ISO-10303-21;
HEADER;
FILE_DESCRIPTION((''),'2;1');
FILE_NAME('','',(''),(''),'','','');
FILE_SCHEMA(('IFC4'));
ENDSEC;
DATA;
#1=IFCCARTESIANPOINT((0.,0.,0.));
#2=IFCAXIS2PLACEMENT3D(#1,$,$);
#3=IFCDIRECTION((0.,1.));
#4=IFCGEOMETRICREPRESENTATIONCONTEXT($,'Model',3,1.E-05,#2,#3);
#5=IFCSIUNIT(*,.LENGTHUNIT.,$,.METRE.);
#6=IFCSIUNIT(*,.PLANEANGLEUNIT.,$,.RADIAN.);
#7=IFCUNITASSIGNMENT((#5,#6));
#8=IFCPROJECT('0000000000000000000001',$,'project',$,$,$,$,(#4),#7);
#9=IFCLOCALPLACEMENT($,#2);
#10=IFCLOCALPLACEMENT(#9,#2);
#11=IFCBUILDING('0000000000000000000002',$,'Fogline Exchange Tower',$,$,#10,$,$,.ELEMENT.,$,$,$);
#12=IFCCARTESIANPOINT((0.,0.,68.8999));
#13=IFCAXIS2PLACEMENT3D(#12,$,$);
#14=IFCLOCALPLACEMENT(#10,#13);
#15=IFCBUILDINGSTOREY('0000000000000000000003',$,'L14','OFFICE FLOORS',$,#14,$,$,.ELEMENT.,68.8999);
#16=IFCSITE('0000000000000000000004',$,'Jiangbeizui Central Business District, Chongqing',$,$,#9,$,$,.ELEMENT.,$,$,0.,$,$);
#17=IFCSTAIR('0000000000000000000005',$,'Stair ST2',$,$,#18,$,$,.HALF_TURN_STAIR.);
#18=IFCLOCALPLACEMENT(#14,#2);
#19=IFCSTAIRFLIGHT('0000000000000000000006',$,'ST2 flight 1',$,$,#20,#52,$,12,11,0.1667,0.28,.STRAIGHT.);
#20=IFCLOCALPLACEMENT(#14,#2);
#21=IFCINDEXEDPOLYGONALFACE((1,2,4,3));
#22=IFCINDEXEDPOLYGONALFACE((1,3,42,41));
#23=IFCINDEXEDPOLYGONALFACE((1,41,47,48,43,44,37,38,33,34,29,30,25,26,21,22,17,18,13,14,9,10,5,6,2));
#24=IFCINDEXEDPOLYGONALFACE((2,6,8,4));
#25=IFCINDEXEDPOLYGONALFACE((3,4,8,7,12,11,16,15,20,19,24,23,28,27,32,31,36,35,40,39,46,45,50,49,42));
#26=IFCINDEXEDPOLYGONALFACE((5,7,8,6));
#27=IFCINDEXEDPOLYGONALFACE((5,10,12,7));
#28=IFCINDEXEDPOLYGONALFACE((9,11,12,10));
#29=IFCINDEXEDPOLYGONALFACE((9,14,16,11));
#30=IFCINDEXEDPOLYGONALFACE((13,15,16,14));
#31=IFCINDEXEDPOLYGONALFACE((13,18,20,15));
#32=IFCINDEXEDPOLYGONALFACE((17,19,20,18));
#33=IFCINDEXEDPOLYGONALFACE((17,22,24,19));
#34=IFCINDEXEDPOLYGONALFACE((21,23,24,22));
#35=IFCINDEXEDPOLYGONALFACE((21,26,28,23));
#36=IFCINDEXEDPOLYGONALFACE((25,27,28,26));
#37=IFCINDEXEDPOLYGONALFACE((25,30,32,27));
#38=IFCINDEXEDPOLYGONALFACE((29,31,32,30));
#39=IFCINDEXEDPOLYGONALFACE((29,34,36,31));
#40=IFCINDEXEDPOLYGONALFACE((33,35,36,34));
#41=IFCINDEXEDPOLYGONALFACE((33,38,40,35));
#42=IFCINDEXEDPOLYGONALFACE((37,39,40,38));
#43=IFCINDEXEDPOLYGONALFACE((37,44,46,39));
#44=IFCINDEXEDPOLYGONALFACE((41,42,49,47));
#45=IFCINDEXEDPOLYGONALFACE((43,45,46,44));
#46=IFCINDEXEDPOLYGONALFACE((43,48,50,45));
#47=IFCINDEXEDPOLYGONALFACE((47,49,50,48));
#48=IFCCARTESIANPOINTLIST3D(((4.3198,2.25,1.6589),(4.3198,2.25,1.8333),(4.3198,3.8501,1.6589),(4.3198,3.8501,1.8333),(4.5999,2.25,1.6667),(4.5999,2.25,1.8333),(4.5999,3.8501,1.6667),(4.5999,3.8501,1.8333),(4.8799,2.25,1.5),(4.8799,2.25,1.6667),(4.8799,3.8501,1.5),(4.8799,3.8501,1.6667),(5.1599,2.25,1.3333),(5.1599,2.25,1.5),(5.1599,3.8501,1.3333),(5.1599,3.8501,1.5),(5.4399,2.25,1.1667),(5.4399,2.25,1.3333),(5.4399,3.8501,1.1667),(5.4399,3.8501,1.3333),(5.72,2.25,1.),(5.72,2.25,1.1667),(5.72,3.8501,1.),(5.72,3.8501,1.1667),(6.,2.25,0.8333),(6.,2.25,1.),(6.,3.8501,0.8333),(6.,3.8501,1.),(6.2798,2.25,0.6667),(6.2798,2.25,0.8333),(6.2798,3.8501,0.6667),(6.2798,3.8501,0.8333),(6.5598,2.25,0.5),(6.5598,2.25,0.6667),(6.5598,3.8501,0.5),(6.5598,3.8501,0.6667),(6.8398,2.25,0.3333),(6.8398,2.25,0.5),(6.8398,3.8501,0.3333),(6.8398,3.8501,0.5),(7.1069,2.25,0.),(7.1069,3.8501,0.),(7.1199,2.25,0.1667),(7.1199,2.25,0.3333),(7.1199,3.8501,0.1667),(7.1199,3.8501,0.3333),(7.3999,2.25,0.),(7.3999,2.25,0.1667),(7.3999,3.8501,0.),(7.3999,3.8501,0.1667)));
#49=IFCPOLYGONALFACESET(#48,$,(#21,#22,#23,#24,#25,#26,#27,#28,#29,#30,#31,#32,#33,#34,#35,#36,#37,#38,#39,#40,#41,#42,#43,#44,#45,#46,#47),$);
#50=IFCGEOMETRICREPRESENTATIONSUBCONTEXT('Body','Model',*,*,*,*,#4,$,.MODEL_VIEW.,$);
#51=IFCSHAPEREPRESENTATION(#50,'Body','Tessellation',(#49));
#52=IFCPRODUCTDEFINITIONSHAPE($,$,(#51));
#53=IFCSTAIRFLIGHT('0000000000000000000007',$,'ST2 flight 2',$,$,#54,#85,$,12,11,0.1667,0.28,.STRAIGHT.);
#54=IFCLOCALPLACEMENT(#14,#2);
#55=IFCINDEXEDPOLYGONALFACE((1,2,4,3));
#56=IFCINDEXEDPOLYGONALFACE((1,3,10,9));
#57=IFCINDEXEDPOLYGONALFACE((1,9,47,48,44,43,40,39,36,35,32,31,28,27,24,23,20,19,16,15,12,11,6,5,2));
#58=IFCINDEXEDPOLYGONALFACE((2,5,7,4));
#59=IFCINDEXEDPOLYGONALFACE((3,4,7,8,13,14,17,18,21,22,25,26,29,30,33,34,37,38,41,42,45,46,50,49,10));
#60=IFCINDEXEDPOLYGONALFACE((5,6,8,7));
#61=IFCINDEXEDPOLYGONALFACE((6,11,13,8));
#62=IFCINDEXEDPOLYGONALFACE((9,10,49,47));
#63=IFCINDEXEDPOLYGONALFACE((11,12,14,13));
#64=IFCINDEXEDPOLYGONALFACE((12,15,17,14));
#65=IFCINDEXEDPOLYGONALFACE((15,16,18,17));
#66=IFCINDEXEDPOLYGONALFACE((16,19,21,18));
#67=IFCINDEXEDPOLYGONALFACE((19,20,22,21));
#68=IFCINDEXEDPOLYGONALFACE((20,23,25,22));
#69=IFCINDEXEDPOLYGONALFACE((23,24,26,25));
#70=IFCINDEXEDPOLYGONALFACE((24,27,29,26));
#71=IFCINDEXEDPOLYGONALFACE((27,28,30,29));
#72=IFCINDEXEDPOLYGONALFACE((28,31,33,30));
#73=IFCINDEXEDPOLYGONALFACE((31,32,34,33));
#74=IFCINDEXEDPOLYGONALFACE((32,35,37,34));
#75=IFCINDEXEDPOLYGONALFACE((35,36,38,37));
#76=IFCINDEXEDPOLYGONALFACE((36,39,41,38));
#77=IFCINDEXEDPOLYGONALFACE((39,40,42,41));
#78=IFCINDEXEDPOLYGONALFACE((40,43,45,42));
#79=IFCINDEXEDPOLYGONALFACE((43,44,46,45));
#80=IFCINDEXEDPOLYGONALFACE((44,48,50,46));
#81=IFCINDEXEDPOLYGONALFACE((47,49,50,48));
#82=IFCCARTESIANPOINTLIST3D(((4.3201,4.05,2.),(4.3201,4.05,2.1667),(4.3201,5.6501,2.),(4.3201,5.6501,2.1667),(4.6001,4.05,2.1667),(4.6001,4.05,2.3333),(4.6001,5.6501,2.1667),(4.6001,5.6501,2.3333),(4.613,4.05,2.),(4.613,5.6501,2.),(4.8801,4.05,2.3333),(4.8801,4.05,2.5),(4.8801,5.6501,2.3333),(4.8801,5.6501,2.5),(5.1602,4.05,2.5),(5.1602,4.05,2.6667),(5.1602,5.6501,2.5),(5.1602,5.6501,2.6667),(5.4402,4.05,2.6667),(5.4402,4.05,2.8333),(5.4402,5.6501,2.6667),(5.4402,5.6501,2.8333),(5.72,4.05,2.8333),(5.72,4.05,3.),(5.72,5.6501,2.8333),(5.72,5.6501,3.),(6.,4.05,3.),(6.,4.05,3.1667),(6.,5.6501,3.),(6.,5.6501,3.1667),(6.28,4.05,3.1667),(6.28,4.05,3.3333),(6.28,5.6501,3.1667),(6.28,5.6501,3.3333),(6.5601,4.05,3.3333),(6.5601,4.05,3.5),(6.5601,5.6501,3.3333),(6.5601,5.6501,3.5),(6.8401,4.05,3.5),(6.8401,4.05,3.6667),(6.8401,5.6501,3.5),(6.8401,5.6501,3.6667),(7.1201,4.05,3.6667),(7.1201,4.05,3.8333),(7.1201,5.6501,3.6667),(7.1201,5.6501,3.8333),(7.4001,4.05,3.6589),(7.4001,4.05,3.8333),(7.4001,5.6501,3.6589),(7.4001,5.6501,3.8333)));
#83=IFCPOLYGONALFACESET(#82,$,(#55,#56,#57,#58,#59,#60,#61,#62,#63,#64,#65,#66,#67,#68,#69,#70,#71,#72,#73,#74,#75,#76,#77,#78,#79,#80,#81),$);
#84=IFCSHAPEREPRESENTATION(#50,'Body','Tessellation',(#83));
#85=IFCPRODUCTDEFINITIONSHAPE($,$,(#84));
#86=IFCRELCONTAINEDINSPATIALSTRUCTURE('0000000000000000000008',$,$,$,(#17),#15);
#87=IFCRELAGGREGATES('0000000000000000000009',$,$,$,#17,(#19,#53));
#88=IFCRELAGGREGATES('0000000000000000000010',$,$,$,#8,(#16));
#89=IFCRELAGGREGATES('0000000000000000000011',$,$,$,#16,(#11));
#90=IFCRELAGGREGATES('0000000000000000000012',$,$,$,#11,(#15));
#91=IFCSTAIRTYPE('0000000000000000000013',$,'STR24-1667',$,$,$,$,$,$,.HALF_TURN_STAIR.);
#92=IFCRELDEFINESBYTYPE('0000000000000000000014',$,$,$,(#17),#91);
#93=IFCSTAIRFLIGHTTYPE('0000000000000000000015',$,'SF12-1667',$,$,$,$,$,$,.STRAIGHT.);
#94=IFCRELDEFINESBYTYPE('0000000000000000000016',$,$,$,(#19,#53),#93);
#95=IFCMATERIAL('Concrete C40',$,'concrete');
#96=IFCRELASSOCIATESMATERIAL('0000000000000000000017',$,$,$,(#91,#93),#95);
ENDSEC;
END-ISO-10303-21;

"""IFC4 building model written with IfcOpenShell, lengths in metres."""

from ifc_helpers import new_model, si_unit, direction, frame, origin, place, context, subcontext, project, spatial, polyline, outline, extrude, material, type_object, element, aggregate, save


model = new_model("IFC4")

# Units and contexts
model_context = context("Model", 3, precision=1e-05, world=origin(), true_north=direction((0.0, 1.0)))
body_context = subcontext(model_context, "Body", "Model", "MODEL_VIEW")
ifc_project = project(units=[si_unit("LENGTHUNIT", "METRE"), si_unit("PLANEANGLEUNIT", "RADIAN")], contexts=[model_context])

# Site, building, storey
site_placement = place(None, origin())
site = spatial("IfcSite", under=ifc_project, at=site_placement, Name="Jiangbeizui Central Business District, Chongqing", CompositionType="ELEMENT", RefElevation=0.0)
building_placement = place(site_placement, origin())
building = spatial("IfcBuilding", under=site, at=building_placement, Name="Fogline Exchange Tower", CompositionType="ELEMENT")
storey_placement = place(building_placement, frame((0.0, 0.0, 68.8999)))
storey = spatial("IfcBuildingStorey", under=building, at=storey_placement, Name="L14", Description="OFFICE FLOORS", CompositionType="ELEMENT", Elevation=68.8999)

# Shared definitions
ifc_material_1 = material(Name="Concrete C40", Category="concrete")

# Stair
stair_type = type_object("IfcStairType", Name="STR24-1667", PredefinedType="HALF_TURN_STAIR", material=ifc_material_1)
stair_1_placement = place(storey_placement, origin())
stair_1 = element("IfcStair", 1, at=stair_1_placement, inside=storey, type_object=stair_type, Name="Stair ST2", PredefinedType="HALF_TURN_STAIR")

# Stair flights
stair_flight_type = type_object("IfcStairFlightType", Name="SF12-1667", PredefinedType="STRAIGHT", material=ifc_material_1)
stair_flight_1_placement = place(storey_placement, frame((7.3999, 3.05, 0.0), z_axis=(0.0, 0.0, 1.0), x_axis=(-1.0, 0.0, 0.0)))
stair_flight_1 = element("IfcStairFlight", 2, at=stair_flight_1_placement, type_object=stair_flight_type, Name="ST2 flight 1", NumberOfRisers=12, NumberOfTreads=11, PredefinedType="STRAIGHT", RiserHeight=0.1667, TreadLength=0.28, context=body_context, shape_type="SweptSolid", body=[
    extrude(outline(polyline([(0.0, 0.0), (0.0, 0.1667), (0.28, 0.1667), (0.28, 0.3333), (0.5601, 0.3333), (0.5601, 0.5), (0.8401, 0.5), (0.8401, 0.6667), (1.1201, 0.6667), (1.1201, 0.8333), (1.3999, 0.8333), (1.3999, 1.0), (1.6799, 1.0), (1.6799, 1.1667), (1.96, 1.1667), (1.96, 1.3333), (2.24, 1.3333), (2.24, 1.5), (2.52, 1.5), (2.52, 1.6667), (2.8, 1.6667), (2.8, 1.8333), (3.0801, 1.8333), (3.0801, 2.0), (3.0801, 1.6589), (0.293, 0.0), (0.0, 0.0)])), frame((0.0, 0.8, 0.0), z_axis=(0.0, -1.0, 0.0), x_axis=(1.0, 0.0, 0.0)), (0.0, 0.0, 1.0), 1.6001),
])
stair_flight_2_placement = place(storey_placement, frame((4.3201, 4.8501, 2.0), z_axis=(0.0, 0.0, 1.0), x_axis=(1.0, 0.0, 0.0)))
stair_flight_2 = element("IfcStairFlight", 3, at=stair_flight_2_placement, type_object=stair_flight_type, Name="ST2 flight 2", NumberOfRisers=12, NumberOfTreads=11, PredefinedType="STRAIGHT", RiserHeight=0.1667, TreadLength=0.28, context=body_context, shape_type="SweptSolid", body=[
    extrude(outline(polyline([(0.0, 0.0), (0.0, 0.1667), (0.28, 0.1667), (0.28, 0.3333), (0.5601, 0.3333), (0.5601, 0.5), (0.8401, 0.5), (0.8401, 0.6667), (1.1201, 0.6667), (1.1201, 0.8333), (1.3999, 0.8333), (1.3999, 1.0), (1.6799, 1.0), (1.6799, 1.1667), (1.96, 1.1667), (1.96, 1.3333), (2.24, 1.3333), (2.24, 1.5), (2.52, 1.5), (2.52, 1.6667), (2.8, 1.6667), (2.8, 1.8333), (3.0801, 1.8333), (3.0801, 2.0), (3.0801, 1.6589), (0.293, 0.0), (0.0, 0.0)])), frame((0.0, 0.8, 0.0), z_axis=(0.0, -1.0, 0.0), x_axis=(1.0, 0.0, 0.0)), (0.0, 0.0, 1.0), 1.6001),
])
aggregate(stair_1, [stair_flight_1, stair_flight_2])

save(model, "model.ifc")
